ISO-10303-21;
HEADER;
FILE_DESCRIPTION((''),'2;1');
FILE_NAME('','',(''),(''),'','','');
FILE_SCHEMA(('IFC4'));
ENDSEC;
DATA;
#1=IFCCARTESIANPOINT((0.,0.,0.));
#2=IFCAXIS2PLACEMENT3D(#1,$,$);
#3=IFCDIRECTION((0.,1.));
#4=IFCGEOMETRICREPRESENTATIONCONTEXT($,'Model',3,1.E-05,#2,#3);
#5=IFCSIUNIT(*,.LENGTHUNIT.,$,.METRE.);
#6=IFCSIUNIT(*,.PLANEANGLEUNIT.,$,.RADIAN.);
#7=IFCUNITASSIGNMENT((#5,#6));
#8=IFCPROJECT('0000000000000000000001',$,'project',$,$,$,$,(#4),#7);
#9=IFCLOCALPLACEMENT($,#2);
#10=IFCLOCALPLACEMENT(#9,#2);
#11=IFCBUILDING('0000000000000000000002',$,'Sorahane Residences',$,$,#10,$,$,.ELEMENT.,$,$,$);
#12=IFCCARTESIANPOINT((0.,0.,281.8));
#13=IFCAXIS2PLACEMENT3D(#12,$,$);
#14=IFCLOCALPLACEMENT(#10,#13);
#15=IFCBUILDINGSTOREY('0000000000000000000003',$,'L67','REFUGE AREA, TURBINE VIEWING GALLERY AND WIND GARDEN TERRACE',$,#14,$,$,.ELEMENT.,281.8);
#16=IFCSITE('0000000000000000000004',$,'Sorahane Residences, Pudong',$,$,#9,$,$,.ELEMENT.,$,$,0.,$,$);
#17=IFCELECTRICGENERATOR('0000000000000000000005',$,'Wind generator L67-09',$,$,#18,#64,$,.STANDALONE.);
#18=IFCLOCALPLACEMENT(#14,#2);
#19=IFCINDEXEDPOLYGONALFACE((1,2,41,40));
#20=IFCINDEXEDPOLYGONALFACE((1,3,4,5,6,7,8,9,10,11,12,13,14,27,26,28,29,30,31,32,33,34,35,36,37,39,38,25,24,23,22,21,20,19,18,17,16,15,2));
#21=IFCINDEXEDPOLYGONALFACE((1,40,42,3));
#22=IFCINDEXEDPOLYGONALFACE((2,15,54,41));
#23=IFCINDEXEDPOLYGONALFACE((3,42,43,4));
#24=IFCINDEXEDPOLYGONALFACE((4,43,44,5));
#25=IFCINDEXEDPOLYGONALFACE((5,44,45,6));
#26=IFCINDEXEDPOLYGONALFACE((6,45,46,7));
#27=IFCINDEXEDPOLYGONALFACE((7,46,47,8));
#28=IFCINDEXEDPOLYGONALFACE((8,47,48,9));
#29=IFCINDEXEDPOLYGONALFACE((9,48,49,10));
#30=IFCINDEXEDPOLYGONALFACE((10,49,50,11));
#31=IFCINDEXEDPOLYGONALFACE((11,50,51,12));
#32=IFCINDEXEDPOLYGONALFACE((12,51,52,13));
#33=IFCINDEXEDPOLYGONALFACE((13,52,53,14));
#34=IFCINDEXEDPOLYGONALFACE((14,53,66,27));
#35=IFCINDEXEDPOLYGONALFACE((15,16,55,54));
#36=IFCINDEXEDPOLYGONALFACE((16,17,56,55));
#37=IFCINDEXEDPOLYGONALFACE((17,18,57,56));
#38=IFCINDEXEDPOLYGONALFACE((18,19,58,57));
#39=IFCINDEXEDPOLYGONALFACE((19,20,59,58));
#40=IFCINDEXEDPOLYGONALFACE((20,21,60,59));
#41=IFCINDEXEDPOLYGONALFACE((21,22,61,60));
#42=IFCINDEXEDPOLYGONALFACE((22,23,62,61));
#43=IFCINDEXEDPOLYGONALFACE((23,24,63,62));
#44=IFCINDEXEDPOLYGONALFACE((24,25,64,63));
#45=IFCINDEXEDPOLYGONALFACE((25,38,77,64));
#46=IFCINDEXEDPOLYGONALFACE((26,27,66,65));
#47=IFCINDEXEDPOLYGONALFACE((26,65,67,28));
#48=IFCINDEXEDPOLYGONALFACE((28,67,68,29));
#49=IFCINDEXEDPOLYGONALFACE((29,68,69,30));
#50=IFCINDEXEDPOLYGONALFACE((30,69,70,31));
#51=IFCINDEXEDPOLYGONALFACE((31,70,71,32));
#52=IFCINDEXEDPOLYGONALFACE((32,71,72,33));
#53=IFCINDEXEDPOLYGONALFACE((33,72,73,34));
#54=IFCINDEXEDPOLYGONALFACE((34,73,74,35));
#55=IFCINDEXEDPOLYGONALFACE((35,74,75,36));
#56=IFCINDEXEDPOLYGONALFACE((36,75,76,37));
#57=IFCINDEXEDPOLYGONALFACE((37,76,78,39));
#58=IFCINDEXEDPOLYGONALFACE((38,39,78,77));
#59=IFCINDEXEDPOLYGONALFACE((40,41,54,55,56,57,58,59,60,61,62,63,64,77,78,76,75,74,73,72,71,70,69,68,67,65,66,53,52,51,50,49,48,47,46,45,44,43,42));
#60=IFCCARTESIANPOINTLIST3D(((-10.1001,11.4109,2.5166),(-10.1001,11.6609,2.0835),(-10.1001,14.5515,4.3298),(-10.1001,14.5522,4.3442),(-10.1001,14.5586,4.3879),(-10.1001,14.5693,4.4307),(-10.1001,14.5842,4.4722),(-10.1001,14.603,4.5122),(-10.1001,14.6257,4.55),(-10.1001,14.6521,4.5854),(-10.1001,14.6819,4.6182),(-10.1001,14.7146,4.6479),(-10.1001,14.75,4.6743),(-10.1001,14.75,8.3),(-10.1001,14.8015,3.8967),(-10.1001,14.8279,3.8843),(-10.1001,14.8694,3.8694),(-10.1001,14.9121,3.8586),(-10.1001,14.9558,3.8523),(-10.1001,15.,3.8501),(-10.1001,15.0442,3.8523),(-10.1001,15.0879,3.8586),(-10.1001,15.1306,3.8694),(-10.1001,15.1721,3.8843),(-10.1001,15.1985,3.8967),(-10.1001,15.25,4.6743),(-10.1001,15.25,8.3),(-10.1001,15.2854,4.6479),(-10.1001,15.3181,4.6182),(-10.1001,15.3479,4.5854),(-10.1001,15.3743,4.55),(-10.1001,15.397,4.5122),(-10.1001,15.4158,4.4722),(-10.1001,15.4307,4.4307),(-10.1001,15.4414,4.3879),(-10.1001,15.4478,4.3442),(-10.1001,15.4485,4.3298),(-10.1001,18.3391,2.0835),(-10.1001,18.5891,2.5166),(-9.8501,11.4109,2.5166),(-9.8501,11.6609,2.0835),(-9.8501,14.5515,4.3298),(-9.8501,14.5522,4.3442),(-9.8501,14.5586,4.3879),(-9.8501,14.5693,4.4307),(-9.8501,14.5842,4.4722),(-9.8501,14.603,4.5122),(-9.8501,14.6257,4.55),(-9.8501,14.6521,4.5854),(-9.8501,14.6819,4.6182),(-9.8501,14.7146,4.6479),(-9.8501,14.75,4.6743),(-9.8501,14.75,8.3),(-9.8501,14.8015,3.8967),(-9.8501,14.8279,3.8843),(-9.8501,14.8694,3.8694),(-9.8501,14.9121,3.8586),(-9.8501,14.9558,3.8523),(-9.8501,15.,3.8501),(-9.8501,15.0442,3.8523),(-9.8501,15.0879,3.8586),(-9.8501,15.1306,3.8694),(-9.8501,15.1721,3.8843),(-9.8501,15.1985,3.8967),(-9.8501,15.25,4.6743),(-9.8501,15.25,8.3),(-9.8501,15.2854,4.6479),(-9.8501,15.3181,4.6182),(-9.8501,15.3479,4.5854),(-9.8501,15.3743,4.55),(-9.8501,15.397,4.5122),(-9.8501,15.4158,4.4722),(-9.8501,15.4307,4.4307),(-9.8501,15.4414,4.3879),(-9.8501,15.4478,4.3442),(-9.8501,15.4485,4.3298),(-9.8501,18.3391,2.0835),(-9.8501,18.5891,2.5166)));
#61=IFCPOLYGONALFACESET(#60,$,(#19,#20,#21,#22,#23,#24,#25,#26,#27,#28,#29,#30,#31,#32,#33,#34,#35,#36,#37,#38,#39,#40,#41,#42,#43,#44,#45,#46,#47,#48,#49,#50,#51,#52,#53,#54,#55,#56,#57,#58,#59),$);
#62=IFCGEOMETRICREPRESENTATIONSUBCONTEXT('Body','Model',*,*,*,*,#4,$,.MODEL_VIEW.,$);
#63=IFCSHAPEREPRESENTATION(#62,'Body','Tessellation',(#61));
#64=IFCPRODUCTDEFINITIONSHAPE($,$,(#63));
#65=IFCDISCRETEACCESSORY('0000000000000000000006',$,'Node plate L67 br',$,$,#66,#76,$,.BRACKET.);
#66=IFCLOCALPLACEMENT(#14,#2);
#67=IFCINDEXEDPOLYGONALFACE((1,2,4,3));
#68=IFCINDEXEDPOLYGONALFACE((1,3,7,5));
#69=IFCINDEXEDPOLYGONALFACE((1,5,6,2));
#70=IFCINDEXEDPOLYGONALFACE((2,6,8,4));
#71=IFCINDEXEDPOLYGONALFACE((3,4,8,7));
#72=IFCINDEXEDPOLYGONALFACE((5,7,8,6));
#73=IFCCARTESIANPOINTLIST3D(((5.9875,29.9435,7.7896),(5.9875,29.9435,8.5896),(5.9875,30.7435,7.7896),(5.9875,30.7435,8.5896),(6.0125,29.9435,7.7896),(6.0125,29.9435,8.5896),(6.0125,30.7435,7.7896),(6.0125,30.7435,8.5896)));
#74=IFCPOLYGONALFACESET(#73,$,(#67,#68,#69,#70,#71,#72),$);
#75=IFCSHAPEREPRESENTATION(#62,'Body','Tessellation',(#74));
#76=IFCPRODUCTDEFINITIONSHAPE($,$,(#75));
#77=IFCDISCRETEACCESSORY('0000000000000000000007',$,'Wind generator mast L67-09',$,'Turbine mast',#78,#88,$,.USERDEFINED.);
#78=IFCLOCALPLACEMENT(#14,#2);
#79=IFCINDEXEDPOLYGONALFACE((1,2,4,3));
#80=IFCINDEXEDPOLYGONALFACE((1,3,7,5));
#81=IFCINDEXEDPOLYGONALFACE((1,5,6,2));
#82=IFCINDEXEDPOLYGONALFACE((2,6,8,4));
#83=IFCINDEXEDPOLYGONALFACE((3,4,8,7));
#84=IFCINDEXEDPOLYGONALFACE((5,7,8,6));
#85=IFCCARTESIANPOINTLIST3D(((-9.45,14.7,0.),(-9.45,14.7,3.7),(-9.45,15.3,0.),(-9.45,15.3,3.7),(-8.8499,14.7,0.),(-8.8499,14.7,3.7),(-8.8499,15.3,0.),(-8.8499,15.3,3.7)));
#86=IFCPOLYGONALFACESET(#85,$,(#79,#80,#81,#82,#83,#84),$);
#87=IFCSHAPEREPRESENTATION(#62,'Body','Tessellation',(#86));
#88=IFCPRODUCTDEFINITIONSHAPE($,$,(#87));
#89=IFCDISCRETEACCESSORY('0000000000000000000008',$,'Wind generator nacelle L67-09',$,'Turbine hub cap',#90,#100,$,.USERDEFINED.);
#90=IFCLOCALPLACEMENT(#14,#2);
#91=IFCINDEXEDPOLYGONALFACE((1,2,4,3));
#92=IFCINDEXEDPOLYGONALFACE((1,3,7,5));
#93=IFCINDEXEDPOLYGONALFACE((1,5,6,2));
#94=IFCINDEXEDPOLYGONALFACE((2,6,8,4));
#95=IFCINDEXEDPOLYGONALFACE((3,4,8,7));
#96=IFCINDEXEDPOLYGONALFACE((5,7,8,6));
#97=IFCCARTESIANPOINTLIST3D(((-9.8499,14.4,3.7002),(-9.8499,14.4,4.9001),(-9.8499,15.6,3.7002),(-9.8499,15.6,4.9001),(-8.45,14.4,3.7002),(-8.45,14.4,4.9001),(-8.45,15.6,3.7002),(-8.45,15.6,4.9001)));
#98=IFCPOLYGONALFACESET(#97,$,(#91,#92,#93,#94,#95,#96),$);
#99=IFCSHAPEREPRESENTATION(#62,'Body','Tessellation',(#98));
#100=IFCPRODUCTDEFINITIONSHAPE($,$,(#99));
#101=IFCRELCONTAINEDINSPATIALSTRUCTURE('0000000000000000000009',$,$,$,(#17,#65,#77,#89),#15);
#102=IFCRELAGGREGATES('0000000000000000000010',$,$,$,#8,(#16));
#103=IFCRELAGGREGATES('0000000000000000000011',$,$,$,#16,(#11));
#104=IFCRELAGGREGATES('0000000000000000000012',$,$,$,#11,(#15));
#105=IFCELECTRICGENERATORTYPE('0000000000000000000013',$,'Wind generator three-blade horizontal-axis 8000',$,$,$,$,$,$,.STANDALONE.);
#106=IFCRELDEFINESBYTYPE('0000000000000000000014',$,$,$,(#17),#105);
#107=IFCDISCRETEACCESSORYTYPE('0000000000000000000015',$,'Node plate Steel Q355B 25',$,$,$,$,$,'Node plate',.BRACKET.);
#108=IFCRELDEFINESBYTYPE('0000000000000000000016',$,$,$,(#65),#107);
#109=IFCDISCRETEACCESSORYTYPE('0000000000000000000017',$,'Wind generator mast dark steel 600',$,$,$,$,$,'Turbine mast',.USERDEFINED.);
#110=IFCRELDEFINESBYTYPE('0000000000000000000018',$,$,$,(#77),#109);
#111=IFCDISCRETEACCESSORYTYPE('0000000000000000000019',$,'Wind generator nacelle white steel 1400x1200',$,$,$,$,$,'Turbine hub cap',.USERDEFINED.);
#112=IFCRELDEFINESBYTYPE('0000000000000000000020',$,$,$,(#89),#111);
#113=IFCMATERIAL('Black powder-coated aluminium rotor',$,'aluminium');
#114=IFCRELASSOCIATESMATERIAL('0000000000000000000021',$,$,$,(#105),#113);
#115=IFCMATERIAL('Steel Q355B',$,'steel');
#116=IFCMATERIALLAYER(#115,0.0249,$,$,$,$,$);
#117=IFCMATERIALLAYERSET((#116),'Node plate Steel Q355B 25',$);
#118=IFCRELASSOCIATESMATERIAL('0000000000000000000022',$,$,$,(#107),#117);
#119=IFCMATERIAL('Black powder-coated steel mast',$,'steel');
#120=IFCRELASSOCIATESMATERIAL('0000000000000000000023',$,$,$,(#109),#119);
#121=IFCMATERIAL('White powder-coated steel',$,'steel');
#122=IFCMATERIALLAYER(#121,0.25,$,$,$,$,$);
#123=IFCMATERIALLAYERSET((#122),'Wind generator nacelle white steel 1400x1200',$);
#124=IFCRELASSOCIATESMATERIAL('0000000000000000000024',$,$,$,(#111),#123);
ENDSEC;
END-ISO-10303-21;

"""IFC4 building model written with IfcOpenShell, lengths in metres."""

from ifc_helpers import new_model, si_unit, direction, frame, origin, origin_2d, place, context, subcontext, project, spatial, polyline, rectangle, outline, extrude, material, layer, layer_set, type_object, element, save


model = new_model("IFC4")

# Units and contexts
model_context = context("Model", 3, precision=1e-05, world=origin(), true_north=direction((0.0, 1.0)))
body_context = subcontext(model_context, "Body", "Model", "MODEL_VIEW")
ifc_project = project(units=[si_unit("LENGTHUNIT", "METRE"), si_unit("PLANEANGLEUNIT", "RADIAN")], contexts=[model_context])

# Site, building, storey
site_placement = place(None, origin())
site = spatial("IfcSite", under=ifc_project, at=site_placement, Name="Sorahane Residences, Pudong", CompositionType="ELEMENT", RefElevation=0.0)
building_placement = place(site_placement, origin())
building = spatial("IfcBuilding", under=site, at=building_placement, Name="Sorahane Residences", CompositionType="ELEMENT")
storey_placement = place(building_placement, frame((0.0, 0.0, 281.8)))
storey = spatial("IfcBuildingStorey", under=building, at=storey_placement, Name="L67", Description="REFUGE AREA, TURBINE VIEWING GALLERY AND WIND GARDEN TERRACE", CompositionType="ELEMENT", Elevation=281.8)

# Electric generator
ifc_material_1 = material(Name="Black powder-coated aluminium rotor", Category="aluminium")
electric_generator_type = type_object("IfcElectricGeneratorType", Name="Wind generator three-blade horizontal-axis 8000", PredefinedType="STANDALONE", material=ifc_material_1)
electric_generator_placement = place(storey_placement, frame((-10.1001, 15.0, 4.3), z_axis=(1.0, 0.0, 0.0), x_axis=(0.0, 1.0, 0.0)))
element("IfcElectricGenerator", 1, at=electric_generator_placement, inside=storey, type_object=electric_generator_type, Name="Wind generator L67-09", PredefinedType="STANDALONE", context=body_context, shape_type="SweptSolid", body=[
    extrude(outline(polyline([(3.3391, -2.2166), (0.1985, -0.4033), (0.1721, -0.4158), (0.1306, -0.4307), (0.0879, -0.4414), (0.0442, -0.4478), (0.0, -0.45), (-0.0442, -0.4478), (-0.0879, -0.4414), (-0.1306, -0.4307), (-0.1721, -0.4158), (-0.1985, -0.4033), (-3.3391, -2.2166), (-3.5891, -1.7834), (-0.4485, 0.0298), (-0.4478, 0.0442), (-0.4414, 0.0879), (-0.4307, 0.1306), (-0.4158, 0.1721), (-0.397, 0.2122), (-0.3743, 0.25), (-0.3479, 0.2854), (-0.3181, 0.3181), (-0.2854, 0.3479), (-0.25, 0.3743), (-0.25, 0.3743), (-0.25, 4.0), (0.25, 4.0), (0.25, 0.3743), (0.25, 0.3743), (0.2854, 0.3479), (0.3181, 0.3181), (0.3479, 0.2854), (0.3743, 0.25), (0.397, 0.2122), (0.4158, 0.1721), (0.4307, 0.1306), (0.4414, 0.0879), (0.4478, 0.0442), (0.4485, 0.0298), (3.5891, -1.7834), (3.3391, -2.2166)])), origin(), (0.0, 0.0, 1.0), 0.25),
])

# Discrete accessories
ifc_material_2 = material(Name="Steel Q355B", Category="steel")
ifc_layer_1 = layer(ifc_material_2, 0.0249)
ifc_layer_set_1 = layer_set([ifc_layer_1], Name="Node plate Steel Q355B 25")
discrete_accessory_type_1 = type_object("IfcDiscreteAccessoryType", Name="Node plate Steel Q355B 25", ElementType="Node plate", PredefinedType="BRACKET", material=ifc_layer_set_1)
discrete_accessory_1_placement = place(storey_placement, frame((6.0, 30.3435, 7.7896), z_axis=(0.0, 0.0, 1.0), x_axis=(0.0, 1.0, 0.0)))
element("IfcDiscreteAccessory", 2, at=discrete_accessory_1_placement, inside=storey, type_object=discrete_accessory_type_1, Name="Node plate L67 br", PredefinedType="BRACKET", context=body_context, shape_type="SweptSolid", body=[
    extrude(rectangle(XDim=0.8, YDim=0.0249, at=origin_2d()), origin(), (0.0, 0.0, 1.0), 0.8),
])
ifc_material_3 = material(Name="Black powder-coated steel mast", Category="steel")
discrete_accessory_type_2 = type_object("IfcDiscreteAccessoryType", Name="Wind generator mast dark steel 600", ElementType="Turbine mast", PredefinedType="USERDEFINED", material=ifc_material_3)
discrete_accessory_2_placement = place(storey_placement, frame((-9.1499, 15.0, 0.0), z_axis=(0.0, 0.0, 1.0), x_axis=(1.0, 0.0, 0.0)))
element("IfcDiscreteAccessory", 3, at=discrete_accessory_2_placement, inside=storey, type_object=discrete_accessory_type_2, Name="Wind generator mast L67-09", ObjectType="Turbine mast", PredefinedType="USERDEFINED", context=body_context, shape_type="SweptSolid", body=[
    extrude(rectangle(XDim=0.6001, YDim=0.6001, at=origin_2d()), origin(), (0.0, 0.0, 1.0), 3.7),
])
ifc_material_4 = material(Name="White powder-coated steel", Category="steel")
ifc_layer_2 = layer(ifc_material_4, 0.25)
ifc_layer_set_2 = layer_set([ifc_layer_2], Name="Wind generator nacelle white steel 1400x1200")
discrete_accessory_type_3 = type_object("IfcDiscreteAccessoryType", Name="Wind generator nacelle white steel 1400x1200", ElementType="Turbine hub cap", PredefinedType="USERDEFINED", material=ifc_layer_set_2)
discrete_accessory_3_placement = place(storey_placement, frame((-9.1499, 15.0, 3.7002), z_axis=(0.0, 0.0, 1.0), x_axis=(1.0, 0.0, 0.0)))
element("IfcDiscreteAccessory", 4, at=discrete_accessory_3_placement, inside=storey, type_object=discrete_accessory_type_3, Name="Wind generator nacelle L67-09", ObjectType="Turbine hub cap", PredefinedType="USERDEFINED", context=body_context, shape_type="SweptSolid", body=[
    extrude(rectangle(XDim=1.3999, YDim=1.2, at=origin_2d()), origin(), (0.0, 0.0, 1.0), 1.2),
])

save(model, "model.ifc")
